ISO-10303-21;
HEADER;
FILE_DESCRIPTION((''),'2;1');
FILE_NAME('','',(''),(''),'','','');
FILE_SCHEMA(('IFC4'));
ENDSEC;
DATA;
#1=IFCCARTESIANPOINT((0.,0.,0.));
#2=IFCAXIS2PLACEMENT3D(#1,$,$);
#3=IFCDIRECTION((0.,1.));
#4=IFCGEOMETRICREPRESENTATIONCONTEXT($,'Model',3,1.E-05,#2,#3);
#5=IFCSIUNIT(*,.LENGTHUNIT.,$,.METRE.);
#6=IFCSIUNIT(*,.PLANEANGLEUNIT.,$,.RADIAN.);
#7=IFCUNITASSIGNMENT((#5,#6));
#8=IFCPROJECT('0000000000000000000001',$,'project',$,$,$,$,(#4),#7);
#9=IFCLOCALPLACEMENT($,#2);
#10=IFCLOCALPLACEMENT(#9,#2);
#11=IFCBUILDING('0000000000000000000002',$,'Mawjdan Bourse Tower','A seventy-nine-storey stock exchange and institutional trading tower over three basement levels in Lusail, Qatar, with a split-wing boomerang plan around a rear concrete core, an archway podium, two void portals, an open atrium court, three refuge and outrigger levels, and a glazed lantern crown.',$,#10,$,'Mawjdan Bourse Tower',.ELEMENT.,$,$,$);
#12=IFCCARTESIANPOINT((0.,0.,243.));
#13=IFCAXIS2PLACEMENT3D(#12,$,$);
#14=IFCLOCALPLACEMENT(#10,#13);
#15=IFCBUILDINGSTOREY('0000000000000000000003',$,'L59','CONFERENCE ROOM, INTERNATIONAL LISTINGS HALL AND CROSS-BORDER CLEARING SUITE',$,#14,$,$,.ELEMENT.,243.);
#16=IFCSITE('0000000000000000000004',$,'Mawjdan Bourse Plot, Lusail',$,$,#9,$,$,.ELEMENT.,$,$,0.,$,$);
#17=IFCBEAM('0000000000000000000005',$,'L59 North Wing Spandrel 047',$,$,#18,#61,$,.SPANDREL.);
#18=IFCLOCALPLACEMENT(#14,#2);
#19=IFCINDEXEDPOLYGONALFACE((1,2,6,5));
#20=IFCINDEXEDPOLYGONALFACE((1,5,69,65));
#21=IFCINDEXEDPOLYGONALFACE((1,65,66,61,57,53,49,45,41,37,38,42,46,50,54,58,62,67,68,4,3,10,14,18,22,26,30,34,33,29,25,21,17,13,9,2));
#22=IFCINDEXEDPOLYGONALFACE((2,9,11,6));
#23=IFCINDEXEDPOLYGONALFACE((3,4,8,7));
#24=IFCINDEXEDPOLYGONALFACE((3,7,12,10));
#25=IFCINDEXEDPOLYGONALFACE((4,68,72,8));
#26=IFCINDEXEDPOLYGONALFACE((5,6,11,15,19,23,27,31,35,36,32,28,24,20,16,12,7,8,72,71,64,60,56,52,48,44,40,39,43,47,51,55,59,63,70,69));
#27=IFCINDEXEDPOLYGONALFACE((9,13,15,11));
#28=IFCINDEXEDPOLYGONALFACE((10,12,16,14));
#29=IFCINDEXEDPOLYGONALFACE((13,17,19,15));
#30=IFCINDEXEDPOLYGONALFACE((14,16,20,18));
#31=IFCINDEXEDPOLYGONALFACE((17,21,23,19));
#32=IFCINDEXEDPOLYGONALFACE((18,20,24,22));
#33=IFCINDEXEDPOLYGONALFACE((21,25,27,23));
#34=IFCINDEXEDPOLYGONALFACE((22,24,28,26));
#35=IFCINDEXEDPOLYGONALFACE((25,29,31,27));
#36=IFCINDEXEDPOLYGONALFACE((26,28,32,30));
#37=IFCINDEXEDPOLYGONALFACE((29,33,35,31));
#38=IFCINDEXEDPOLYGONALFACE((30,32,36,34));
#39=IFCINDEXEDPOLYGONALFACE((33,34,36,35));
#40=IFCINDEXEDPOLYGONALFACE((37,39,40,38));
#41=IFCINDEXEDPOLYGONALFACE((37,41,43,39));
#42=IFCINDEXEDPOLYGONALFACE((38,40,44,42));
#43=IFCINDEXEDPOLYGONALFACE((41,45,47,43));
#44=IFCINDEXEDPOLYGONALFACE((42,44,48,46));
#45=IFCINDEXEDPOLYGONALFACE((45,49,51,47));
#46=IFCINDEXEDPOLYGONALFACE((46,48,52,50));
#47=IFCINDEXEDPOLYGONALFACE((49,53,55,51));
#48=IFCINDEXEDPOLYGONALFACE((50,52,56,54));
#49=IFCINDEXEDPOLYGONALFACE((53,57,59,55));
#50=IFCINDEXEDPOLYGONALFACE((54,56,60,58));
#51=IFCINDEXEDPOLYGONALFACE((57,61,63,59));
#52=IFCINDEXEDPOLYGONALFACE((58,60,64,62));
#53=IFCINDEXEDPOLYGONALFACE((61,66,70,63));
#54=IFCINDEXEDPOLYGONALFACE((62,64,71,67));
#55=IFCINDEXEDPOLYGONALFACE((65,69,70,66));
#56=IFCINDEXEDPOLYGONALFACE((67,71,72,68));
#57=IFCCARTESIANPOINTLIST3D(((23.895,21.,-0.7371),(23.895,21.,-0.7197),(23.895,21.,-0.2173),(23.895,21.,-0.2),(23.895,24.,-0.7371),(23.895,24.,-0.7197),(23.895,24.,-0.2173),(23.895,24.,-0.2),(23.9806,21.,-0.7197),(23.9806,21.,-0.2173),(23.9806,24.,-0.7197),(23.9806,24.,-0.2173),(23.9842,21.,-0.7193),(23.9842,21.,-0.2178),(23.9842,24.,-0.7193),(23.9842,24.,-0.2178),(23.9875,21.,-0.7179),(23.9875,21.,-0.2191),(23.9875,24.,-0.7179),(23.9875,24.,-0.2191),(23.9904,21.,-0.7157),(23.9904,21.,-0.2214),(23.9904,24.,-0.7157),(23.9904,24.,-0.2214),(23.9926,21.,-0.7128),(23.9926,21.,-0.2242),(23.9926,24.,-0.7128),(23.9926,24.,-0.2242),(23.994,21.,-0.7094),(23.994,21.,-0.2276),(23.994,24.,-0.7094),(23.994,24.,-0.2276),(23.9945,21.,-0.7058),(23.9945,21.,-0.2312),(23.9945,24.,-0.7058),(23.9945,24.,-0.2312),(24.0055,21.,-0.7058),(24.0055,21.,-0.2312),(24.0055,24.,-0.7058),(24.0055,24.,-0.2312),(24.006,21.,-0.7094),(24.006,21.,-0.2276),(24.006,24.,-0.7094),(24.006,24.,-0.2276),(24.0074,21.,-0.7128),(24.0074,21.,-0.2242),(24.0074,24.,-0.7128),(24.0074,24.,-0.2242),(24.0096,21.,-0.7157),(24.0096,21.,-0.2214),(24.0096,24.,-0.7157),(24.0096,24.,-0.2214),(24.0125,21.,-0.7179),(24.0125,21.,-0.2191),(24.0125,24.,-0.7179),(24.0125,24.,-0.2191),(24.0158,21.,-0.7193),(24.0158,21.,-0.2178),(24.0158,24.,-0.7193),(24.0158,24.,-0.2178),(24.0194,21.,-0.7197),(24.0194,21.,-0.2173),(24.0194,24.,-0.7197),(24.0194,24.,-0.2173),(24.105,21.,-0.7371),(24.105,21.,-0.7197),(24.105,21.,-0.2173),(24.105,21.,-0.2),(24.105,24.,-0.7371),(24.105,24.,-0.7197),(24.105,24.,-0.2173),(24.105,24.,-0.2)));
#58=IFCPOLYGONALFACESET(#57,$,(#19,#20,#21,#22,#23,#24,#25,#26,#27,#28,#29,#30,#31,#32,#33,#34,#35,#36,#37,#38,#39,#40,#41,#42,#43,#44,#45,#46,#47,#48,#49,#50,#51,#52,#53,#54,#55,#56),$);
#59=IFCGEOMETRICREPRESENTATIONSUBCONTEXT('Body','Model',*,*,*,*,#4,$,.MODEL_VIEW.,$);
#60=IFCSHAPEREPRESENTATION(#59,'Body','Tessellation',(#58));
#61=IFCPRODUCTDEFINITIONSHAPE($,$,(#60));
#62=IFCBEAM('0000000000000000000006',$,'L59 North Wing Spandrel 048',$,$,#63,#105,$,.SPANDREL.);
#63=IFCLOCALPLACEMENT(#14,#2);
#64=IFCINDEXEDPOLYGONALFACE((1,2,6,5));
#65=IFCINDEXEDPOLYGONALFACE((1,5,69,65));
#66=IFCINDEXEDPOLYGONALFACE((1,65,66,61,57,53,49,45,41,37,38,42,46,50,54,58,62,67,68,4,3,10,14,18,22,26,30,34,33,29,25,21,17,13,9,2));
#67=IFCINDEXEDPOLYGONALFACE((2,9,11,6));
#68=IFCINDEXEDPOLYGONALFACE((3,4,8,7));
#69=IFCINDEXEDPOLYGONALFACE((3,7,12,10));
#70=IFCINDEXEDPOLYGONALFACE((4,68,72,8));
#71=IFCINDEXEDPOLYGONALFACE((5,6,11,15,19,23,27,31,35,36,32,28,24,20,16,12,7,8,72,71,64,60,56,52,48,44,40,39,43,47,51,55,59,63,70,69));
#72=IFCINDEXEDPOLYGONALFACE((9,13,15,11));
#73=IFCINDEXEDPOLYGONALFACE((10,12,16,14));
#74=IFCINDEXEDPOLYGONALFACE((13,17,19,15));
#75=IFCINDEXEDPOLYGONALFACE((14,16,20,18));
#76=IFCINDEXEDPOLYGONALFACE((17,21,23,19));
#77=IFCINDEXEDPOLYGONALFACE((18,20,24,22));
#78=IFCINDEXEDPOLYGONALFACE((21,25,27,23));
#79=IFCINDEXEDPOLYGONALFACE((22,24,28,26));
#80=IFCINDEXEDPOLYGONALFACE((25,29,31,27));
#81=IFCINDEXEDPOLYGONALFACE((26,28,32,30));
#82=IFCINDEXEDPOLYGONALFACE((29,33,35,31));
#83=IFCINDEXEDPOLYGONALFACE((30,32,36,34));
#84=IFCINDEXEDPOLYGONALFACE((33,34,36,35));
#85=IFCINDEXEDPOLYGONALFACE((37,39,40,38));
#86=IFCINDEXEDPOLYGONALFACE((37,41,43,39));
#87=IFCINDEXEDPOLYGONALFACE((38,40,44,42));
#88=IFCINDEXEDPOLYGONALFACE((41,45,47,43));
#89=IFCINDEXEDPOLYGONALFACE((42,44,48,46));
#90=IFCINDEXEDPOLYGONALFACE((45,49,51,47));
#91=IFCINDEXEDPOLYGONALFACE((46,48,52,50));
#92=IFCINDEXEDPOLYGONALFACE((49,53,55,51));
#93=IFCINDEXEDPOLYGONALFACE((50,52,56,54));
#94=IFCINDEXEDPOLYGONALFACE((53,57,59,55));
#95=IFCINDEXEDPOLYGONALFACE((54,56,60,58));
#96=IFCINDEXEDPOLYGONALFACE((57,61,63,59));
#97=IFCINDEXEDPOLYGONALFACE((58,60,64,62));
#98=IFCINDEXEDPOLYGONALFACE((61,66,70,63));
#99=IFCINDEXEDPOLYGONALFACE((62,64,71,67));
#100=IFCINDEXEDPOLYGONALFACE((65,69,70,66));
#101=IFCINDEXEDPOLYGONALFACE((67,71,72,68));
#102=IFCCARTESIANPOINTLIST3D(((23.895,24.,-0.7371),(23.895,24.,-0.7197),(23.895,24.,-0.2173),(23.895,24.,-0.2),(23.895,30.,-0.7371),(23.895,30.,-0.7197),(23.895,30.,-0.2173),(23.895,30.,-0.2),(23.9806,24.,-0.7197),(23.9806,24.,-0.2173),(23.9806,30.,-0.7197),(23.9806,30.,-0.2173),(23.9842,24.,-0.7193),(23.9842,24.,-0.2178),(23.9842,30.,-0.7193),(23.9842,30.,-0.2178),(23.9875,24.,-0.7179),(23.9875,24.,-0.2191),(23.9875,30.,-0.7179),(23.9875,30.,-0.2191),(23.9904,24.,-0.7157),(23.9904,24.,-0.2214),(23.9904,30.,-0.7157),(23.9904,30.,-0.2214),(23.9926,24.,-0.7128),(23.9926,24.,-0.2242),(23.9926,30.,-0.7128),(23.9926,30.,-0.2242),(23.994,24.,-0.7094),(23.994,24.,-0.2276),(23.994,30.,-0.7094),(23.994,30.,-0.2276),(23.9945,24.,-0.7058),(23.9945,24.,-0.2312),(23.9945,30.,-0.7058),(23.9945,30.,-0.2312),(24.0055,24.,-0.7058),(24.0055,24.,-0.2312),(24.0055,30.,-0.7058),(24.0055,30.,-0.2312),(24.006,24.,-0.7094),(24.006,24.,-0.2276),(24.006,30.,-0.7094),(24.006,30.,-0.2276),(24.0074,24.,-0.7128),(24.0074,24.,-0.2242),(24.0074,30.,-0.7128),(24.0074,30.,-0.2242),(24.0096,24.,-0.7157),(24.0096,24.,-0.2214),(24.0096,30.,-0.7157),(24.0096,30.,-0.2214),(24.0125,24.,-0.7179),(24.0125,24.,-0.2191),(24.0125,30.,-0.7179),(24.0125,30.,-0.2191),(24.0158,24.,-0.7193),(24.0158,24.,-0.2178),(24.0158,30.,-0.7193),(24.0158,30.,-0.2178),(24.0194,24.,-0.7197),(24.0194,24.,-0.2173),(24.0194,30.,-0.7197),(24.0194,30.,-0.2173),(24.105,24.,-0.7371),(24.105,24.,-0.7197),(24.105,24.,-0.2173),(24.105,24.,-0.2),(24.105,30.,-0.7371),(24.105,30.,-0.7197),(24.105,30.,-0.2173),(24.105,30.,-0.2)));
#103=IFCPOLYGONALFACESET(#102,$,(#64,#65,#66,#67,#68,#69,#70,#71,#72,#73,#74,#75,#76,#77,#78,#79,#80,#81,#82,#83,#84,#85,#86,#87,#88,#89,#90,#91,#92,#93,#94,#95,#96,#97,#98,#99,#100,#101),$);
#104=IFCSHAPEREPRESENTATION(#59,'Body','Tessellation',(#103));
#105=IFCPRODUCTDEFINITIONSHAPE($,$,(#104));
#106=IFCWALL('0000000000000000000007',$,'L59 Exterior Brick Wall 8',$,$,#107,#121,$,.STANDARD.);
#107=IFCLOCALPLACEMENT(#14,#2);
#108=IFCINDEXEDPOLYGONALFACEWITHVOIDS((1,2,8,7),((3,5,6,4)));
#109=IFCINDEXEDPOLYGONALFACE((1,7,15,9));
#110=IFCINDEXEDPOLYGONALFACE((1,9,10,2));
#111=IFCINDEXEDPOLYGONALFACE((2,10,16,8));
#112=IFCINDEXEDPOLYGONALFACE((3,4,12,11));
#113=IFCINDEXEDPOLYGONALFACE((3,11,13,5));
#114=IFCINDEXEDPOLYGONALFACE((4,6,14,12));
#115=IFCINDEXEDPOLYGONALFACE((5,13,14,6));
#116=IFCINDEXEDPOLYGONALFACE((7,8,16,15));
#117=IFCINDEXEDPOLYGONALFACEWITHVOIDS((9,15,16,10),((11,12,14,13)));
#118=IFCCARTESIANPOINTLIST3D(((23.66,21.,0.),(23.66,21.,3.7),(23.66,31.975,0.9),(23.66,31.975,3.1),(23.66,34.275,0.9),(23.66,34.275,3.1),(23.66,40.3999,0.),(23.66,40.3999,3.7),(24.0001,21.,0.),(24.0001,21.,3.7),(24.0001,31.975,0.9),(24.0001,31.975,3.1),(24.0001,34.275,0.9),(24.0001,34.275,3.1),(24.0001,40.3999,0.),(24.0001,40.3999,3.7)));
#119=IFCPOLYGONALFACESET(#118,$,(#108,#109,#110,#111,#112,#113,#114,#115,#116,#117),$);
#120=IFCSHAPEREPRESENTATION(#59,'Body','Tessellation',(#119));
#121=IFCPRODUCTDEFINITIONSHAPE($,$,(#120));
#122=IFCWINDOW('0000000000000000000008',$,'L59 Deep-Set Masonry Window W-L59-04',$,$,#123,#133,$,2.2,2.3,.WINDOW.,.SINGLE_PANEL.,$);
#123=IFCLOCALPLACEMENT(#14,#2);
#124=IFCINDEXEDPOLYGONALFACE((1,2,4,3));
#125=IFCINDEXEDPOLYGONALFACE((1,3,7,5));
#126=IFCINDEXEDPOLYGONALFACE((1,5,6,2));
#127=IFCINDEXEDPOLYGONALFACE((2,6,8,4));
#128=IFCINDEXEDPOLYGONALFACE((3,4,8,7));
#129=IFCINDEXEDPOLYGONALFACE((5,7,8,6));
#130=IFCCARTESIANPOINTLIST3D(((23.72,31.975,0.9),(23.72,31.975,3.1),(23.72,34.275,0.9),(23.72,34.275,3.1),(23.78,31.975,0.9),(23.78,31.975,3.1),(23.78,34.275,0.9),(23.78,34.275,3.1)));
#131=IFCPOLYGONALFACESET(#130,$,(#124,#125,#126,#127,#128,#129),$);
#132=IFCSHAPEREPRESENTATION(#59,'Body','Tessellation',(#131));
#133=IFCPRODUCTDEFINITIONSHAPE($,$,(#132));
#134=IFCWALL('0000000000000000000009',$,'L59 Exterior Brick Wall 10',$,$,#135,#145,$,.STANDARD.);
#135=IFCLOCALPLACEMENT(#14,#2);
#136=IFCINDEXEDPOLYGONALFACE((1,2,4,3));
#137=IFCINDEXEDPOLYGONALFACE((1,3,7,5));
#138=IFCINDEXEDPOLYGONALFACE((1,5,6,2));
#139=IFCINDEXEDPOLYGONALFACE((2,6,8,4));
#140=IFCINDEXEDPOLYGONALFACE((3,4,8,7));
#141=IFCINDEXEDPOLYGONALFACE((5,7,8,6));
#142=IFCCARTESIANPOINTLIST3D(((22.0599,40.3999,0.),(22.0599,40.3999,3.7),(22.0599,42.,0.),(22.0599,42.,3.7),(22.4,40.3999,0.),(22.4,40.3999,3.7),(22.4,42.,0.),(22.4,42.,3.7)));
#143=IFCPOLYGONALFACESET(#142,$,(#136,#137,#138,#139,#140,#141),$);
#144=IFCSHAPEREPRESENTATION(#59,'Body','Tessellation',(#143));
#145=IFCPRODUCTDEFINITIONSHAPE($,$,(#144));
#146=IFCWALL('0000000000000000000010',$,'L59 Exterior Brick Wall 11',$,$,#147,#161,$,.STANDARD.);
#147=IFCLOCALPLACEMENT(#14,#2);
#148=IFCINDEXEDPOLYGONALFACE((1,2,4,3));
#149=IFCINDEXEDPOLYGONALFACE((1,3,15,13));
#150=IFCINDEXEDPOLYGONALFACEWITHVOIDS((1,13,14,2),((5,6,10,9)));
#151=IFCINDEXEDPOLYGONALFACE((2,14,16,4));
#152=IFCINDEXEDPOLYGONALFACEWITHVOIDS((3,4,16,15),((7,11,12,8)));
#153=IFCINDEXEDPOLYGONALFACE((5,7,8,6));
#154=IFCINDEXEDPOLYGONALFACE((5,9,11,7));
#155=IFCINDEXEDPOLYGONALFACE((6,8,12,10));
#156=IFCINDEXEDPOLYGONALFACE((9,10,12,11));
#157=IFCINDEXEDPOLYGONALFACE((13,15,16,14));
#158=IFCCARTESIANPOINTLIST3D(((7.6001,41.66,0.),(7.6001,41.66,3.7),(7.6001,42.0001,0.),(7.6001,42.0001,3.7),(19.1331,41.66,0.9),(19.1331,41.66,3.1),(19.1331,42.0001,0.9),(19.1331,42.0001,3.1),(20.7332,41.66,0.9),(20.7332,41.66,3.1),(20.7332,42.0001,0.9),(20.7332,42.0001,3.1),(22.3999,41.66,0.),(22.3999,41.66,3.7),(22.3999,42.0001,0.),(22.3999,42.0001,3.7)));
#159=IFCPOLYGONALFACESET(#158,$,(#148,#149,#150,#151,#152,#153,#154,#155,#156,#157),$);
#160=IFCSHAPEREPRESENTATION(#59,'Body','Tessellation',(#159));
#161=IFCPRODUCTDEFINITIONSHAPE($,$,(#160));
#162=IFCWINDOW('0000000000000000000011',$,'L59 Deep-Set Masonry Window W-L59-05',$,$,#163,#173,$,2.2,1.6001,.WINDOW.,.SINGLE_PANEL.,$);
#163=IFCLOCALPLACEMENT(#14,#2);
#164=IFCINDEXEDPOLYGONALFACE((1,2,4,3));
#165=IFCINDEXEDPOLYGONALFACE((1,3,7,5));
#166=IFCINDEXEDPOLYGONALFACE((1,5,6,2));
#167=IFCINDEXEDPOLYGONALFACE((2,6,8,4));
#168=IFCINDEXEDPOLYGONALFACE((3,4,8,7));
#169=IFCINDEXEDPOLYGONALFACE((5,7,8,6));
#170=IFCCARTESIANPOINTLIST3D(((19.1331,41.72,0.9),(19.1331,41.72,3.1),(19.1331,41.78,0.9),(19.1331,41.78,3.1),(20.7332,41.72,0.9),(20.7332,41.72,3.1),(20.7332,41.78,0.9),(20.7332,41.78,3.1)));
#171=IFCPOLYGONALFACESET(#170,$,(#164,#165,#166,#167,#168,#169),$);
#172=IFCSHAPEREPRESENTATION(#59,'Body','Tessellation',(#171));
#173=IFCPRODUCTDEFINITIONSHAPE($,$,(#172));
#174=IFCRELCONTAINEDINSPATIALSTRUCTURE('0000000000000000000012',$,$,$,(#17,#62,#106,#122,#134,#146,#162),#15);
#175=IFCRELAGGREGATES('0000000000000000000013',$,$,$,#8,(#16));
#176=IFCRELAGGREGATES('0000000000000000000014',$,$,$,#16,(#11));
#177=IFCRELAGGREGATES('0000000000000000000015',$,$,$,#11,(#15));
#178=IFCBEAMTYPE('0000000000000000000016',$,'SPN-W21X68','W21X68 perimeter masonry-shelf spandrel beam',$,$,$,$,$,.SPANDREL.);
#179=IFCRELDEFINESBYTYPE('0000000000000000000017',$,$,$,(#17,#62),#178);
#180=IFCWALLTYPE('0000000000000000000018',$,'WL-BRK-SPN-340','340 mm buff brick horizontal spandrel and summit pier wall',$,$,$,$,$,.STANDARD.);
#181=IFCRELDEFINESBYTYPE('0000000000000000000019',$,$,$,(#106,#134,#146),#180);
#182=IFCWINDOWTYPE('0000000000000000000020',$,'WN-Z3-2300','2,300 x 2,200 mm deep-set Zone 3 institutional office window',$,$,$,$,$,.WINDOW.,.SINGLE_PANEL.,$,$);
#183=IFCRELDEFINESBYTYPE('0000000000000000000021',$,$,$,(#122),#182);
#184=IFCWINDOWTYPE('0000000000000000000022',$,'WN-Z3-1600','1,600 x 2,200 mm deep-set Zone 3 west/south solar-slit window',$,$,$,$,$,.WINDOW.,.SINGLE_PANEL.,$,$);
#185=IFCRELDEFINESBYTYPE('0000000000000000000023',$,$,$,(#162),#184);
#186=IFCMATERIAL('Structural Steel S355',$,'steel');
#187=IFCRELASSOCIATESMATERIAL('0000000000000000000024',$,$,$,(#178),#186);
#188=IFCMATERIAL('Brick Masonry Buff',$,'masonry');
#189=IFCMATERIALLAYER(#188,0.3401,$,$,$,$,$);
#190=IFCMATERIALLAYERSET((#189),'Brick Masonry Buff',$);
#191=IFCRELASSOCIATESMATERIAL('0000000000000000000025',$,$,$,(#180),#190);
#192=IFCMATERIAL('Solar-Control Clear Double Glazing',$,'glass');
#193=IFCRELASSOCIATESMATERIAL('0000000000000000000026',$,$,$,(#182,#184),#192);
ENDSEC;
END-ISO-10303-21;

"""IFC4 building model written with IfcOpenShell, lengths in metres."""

from ifc_helpers import new_model, si_unit, direction, frame, frame_2d, origin, origin_2d, place, context, subcontext, project, spatial, rectangle, i_section, extrude, material, layer, layer_set, material_profile, profile_set, type_object, element, fill, save


model = new_model("IFC4")

# Units and contexts
model_context = context("Model", 3, precision=1e-05, world=origin(), true_north=direction((0.0, 1.0)))
body_context = subcontext(model_context, "Body", "Model", "MODEL_VIEW")
ifc_project = project(units=[si_unit("LENGTHUNIT", "METRE"), si_unit("PLANEANGLEUNIT", "RADIAN")], contexts=[model_context])

# Site, building, storey
site_placement = place(None, origin())
site = spatial("IfcSite", under=ifc_project, at=site_placement, Name="Mawjdan Bourse Plot, Lusail", CompositionType="ELEMENT", RefElevation=0.0)
building_placement = place(site_placement, origin())
building = spatial("IfcBuilding", under=site, at=building_placement, Name="Mawjdan Bourse Tower", Description="A seventy-nine-storey stock exchange and institutional trading tower over three basement levels in Lusail, Qatar, with a split-wing boomerang plan around a rear concrete core, an archway podium, two void portals, an open atrium court, three refuge and outrigger levels, and a glazed lantern crown.", LongName="Mawjdan Bourse Tower", CompositionType="ELEMENT")
storey_placement = place(building_placement, frame((0.0, 0.0, 243.0)))
storey = spatial("IfcBuildingStorey", under=building, at=storey_placement, Name="L59", Description="CONFERENCE ROOM, INTERNATIONAL LISTINGS HALL AND CROSS-BORDER CLEARING SUITE", CompositionType="ELEMENT", Elevation=243.0)

# Beams
ifc_material_1 = material(Name="Structural Steel S355", Category="steel")
ifc_material_profile_1 = material_profile(ifc_material_1, i_section(OverallWidth=0.21, OverallDepth=0.5371, WebThickness=0.011, FlangeThickness=0.0173, FilletRadius=0.0139, at=origin_2d()), Name="W21X68")
ifc_profile_set_1 = profile_set([ifc_material_profile_1], Name="Structural Steel S355")
beam_type_1 = type_object("IfcBeamType", Name="SPN-W21X68", Description="W21X68 perimeter masonry-shelf spandrel beam", PredefinedType="SPANDREL", material=ifc_profile_set_1)
beam_1_placement = place(storey_placement, frame((24.0, 21.0, -0.4685), z_axis=(0.0, 1.0, 0.0), x_axis=(-1.0, 0.0, 0.0)))
element("IfcBeam", 1, at=beam_1_placement, inside=storey, type_object=beam_type_1, Name="L59 North Wing Spandrel 047", PredefinedType="SPANDREL", context=body_context, shape_type="SweptSolid", body=[
    extrude(i_section(OverallWidth=0.21, OverallDepth=0.5371, WebThickness=0.011, FlangeThickness=0.0173, FilletRadius=0.0139, at=origin_2d()), origin(), (0.0, 0.0, 1.0), 3.0),
])
beam_2_placement = place(storey_placement, frame((24.0, 24.0, -0.4685), z_axis=(0.0, 1.0, 0.0), x_axis=(-1.0, 0.0, 0.0)))
element("IfcBeam", 2, at=beam_2_placement, inside=storey, type_object=beam_type_1, Name="L59 North Wing Spandrel 048", PredefinedType="SPANDREL", context=body_context, shape_type="SweptSolid", body=[
    extrude(i_section(OverallWidth=0.21, OverallDepth=0.5371, WebThickness=0.011, FlangeThickness=0.0173, FilletRadius=0.0139, at=origin_2d()), origin(), (0.0, 0.0, 1.0), 6.0),
])

# Wall, opening, window
ifc_material_2 = material(Name="Brick Masonry Buff", Category="masonry")
ifc_layer_1 = layer(ifc_material_2, 0.3401)
ifc_layer_set_1 = layer_set([ifc_layer_1], Name="Brick Masonry Buff")
wall_type_1 = type_object("IfcWallType", Name="WL-BRK-SPN-340", Description="340 mm buff brick horizontal spandrel and summit pier wall", PredefinedType="STANDARD", material=ifc_layer_set_1)
wall_1_placement = place(storey_placement, frame((23.8301, 21.0, 0.0), z_axis=(0.0, 0.0, 1.0), x_axis=(0.0, 1.0, 0.0)))
wall_1 = element("IfcWall", 3, at=wall_1_placement, inside=storey, type_object=wall_type_1, Name="L59 Exterior Brick Wall 8", PredefinedType="STANDARD", context=body_context, shape_type="SweptSolid", body=[
    extrude(rectangle(XDim=19.3999, YDim=0.3401, at=frame_2d((9.7, 0.0))), origin(), (0.0, 0.0, 1.0), 3.7),
])
opening_1_placement = place(wall_1_placement, frame((10.9751, 0.0, 0.8999)))
opening_1 = element("IfcOpeningElement", 4, at=opening_1_placement, cuts=wall_1, PredefinedType="OPENING", context=body_context, shape_type="SweptSolid", body=[
    extrude(rectangle(XDim=2.3, YDim=2.2, at=frame_2d((1.1499, 1.1001))), frame((0.0, 0.1802, 0.0), z_axis=(0.0, -1.0, 0.0), x_axis=(1.0, 0.0, 0.0)), (0.0, 0.0, 1.0), 0.3601),
])
ifc_material_3 = material(Name="Solar-Control Clear Double Glazing", Category="glass")
window_type_1 = type_object("IfcWindowType", Name="WN-Z3-2300", Description="2,300 x 2,200 mm deep-set Zone 3 institutional office window", PartitioningType="SINGLE_PANEL", PredefinedType="WINDOW", material=ifc_material_3)
window_1_placement = place(opening_1_placement, origin())
window_1 = element("IfcWindow", 5, at=window_1_placement, inside=storey, type_object=window_type_1, Name="L59 Deep-Set Masonry Window W-L59-04", OverallHeight=2.2, OverallWidth=2.3, PartitioningType="SINGLE_PANEL", PredefinedType="WINDOW", context=body_context, shape_type="SweptSolid", body=[
    extrude(rectangle(XDim=2.3, YDim=2.2, at=frame_2d((1.1499, 1.1001))), frame((0.0, 0.1101, 0.0), z_axis=(0.0, -1.0, 0.0), x_axis=(1.0, 0.0, 0.0)), (0.0, 0.0, 1.0), 0.0601),
])
fill(opening_1, window_1)

# Wall
wall_2_placement = place(storey_placement, frame((22.23, 40.3999, 0.0), z_axis=(0.0, 0.0, 1.0), x_axis=(0.0, 1.0, 0.0)))
element("IfcWall", 6, at=wall_2_placement, inside=storey, type_object=wall_type_1, Name="L59 Exterior Brick Wall 10", PredefinedType="STANDARD", context=body_context, shape_type="SweptSolid", body=[
    extrude(rectangle(XDim=1.6001, YDim=0.3401, at=frame_2d((0.8, 0.0))), origin(), (0.0, 0.0, 1.0), 3.7),
])

# Wall, opening, window
wall_3_placement = place(storey_placement, frame((22.3999, 41.8301, 0.0), z_axis=(0.0, 0.0, 1.0), x_axis=(-1.0, 0.0, 0.0)))
wall_3 = element("IfcWall", 7, at=wall_3_placement, inside=storey, type_object=wall_type_1, Name="L59 Exterior Brick Wall 11", PredefinedType="STANDARD", context=body_context, shape_type="SweptSolid", body=[
    extrude(rectangle(XDim=14.7998, YDim=0.3401, at=frame_2d((7.3999, 0.0))), origin(), (0.0, 0.0, 1.0), 3.7),
])
opening_2_placement = place(wall_3_placement, frame((1.6667, 0.0, 0.8999)))
opening_2 = element("IfcOpeningElement", 8, at=opening_2_placement, cuts=wall_3, PredefinedType="OPENING", context=body_context, shape_type="SweptSolid", body=[
    extrude(rectangle(XDim=1.6001, YDim=2.2, at=frame_2d((0.8, 1.1001))), frame((0.0, 0.1802, 0.0), z_axis=(0.0, -1.0, 0.0), x_axis=(1.0, 0.0, 0.0)), (0.0, 0.0, 1.0), 0.3601),
])
window_type_2 = type_object("IfcWindowType", Name="WN-Z3-1600", Description="1,600 x 2,200 mm deep-set Zone 3 west/south solar-slit window", PartitioningType="SINGLE_PANEL", PredefinedType="WINDOW", material=ifc_material_3)
window_2_placement = place(opening_2_placement, origin())
window_2 = element("IfcWindow", 9, at=window_2_placement, inside=storey, type_object=window_type_2, Name="L59 Deep-Set Masonry Window W-L59-05", OverallHeight=2.2, OverallWidth=1.6001, PartitioningType="SINGLE_PANEL", PredefinedType="WINDOW", context=body_context, shape_type="SweptSolid", body=[
    extrude(rectangle(XDim=1.6001, YDim=2.2, at=frame_2d((0.8, 1.1001))), frame((0.0, 0.1101, 0.0), z_axis=(0.0, -1.0, 0.0), x_axis=(1.0, 0.0, 0.0)), (0.0, 0.0, 1.0), 0.0601),
])
fill(opening_2, window_2)

save(model, "model.ifc")
